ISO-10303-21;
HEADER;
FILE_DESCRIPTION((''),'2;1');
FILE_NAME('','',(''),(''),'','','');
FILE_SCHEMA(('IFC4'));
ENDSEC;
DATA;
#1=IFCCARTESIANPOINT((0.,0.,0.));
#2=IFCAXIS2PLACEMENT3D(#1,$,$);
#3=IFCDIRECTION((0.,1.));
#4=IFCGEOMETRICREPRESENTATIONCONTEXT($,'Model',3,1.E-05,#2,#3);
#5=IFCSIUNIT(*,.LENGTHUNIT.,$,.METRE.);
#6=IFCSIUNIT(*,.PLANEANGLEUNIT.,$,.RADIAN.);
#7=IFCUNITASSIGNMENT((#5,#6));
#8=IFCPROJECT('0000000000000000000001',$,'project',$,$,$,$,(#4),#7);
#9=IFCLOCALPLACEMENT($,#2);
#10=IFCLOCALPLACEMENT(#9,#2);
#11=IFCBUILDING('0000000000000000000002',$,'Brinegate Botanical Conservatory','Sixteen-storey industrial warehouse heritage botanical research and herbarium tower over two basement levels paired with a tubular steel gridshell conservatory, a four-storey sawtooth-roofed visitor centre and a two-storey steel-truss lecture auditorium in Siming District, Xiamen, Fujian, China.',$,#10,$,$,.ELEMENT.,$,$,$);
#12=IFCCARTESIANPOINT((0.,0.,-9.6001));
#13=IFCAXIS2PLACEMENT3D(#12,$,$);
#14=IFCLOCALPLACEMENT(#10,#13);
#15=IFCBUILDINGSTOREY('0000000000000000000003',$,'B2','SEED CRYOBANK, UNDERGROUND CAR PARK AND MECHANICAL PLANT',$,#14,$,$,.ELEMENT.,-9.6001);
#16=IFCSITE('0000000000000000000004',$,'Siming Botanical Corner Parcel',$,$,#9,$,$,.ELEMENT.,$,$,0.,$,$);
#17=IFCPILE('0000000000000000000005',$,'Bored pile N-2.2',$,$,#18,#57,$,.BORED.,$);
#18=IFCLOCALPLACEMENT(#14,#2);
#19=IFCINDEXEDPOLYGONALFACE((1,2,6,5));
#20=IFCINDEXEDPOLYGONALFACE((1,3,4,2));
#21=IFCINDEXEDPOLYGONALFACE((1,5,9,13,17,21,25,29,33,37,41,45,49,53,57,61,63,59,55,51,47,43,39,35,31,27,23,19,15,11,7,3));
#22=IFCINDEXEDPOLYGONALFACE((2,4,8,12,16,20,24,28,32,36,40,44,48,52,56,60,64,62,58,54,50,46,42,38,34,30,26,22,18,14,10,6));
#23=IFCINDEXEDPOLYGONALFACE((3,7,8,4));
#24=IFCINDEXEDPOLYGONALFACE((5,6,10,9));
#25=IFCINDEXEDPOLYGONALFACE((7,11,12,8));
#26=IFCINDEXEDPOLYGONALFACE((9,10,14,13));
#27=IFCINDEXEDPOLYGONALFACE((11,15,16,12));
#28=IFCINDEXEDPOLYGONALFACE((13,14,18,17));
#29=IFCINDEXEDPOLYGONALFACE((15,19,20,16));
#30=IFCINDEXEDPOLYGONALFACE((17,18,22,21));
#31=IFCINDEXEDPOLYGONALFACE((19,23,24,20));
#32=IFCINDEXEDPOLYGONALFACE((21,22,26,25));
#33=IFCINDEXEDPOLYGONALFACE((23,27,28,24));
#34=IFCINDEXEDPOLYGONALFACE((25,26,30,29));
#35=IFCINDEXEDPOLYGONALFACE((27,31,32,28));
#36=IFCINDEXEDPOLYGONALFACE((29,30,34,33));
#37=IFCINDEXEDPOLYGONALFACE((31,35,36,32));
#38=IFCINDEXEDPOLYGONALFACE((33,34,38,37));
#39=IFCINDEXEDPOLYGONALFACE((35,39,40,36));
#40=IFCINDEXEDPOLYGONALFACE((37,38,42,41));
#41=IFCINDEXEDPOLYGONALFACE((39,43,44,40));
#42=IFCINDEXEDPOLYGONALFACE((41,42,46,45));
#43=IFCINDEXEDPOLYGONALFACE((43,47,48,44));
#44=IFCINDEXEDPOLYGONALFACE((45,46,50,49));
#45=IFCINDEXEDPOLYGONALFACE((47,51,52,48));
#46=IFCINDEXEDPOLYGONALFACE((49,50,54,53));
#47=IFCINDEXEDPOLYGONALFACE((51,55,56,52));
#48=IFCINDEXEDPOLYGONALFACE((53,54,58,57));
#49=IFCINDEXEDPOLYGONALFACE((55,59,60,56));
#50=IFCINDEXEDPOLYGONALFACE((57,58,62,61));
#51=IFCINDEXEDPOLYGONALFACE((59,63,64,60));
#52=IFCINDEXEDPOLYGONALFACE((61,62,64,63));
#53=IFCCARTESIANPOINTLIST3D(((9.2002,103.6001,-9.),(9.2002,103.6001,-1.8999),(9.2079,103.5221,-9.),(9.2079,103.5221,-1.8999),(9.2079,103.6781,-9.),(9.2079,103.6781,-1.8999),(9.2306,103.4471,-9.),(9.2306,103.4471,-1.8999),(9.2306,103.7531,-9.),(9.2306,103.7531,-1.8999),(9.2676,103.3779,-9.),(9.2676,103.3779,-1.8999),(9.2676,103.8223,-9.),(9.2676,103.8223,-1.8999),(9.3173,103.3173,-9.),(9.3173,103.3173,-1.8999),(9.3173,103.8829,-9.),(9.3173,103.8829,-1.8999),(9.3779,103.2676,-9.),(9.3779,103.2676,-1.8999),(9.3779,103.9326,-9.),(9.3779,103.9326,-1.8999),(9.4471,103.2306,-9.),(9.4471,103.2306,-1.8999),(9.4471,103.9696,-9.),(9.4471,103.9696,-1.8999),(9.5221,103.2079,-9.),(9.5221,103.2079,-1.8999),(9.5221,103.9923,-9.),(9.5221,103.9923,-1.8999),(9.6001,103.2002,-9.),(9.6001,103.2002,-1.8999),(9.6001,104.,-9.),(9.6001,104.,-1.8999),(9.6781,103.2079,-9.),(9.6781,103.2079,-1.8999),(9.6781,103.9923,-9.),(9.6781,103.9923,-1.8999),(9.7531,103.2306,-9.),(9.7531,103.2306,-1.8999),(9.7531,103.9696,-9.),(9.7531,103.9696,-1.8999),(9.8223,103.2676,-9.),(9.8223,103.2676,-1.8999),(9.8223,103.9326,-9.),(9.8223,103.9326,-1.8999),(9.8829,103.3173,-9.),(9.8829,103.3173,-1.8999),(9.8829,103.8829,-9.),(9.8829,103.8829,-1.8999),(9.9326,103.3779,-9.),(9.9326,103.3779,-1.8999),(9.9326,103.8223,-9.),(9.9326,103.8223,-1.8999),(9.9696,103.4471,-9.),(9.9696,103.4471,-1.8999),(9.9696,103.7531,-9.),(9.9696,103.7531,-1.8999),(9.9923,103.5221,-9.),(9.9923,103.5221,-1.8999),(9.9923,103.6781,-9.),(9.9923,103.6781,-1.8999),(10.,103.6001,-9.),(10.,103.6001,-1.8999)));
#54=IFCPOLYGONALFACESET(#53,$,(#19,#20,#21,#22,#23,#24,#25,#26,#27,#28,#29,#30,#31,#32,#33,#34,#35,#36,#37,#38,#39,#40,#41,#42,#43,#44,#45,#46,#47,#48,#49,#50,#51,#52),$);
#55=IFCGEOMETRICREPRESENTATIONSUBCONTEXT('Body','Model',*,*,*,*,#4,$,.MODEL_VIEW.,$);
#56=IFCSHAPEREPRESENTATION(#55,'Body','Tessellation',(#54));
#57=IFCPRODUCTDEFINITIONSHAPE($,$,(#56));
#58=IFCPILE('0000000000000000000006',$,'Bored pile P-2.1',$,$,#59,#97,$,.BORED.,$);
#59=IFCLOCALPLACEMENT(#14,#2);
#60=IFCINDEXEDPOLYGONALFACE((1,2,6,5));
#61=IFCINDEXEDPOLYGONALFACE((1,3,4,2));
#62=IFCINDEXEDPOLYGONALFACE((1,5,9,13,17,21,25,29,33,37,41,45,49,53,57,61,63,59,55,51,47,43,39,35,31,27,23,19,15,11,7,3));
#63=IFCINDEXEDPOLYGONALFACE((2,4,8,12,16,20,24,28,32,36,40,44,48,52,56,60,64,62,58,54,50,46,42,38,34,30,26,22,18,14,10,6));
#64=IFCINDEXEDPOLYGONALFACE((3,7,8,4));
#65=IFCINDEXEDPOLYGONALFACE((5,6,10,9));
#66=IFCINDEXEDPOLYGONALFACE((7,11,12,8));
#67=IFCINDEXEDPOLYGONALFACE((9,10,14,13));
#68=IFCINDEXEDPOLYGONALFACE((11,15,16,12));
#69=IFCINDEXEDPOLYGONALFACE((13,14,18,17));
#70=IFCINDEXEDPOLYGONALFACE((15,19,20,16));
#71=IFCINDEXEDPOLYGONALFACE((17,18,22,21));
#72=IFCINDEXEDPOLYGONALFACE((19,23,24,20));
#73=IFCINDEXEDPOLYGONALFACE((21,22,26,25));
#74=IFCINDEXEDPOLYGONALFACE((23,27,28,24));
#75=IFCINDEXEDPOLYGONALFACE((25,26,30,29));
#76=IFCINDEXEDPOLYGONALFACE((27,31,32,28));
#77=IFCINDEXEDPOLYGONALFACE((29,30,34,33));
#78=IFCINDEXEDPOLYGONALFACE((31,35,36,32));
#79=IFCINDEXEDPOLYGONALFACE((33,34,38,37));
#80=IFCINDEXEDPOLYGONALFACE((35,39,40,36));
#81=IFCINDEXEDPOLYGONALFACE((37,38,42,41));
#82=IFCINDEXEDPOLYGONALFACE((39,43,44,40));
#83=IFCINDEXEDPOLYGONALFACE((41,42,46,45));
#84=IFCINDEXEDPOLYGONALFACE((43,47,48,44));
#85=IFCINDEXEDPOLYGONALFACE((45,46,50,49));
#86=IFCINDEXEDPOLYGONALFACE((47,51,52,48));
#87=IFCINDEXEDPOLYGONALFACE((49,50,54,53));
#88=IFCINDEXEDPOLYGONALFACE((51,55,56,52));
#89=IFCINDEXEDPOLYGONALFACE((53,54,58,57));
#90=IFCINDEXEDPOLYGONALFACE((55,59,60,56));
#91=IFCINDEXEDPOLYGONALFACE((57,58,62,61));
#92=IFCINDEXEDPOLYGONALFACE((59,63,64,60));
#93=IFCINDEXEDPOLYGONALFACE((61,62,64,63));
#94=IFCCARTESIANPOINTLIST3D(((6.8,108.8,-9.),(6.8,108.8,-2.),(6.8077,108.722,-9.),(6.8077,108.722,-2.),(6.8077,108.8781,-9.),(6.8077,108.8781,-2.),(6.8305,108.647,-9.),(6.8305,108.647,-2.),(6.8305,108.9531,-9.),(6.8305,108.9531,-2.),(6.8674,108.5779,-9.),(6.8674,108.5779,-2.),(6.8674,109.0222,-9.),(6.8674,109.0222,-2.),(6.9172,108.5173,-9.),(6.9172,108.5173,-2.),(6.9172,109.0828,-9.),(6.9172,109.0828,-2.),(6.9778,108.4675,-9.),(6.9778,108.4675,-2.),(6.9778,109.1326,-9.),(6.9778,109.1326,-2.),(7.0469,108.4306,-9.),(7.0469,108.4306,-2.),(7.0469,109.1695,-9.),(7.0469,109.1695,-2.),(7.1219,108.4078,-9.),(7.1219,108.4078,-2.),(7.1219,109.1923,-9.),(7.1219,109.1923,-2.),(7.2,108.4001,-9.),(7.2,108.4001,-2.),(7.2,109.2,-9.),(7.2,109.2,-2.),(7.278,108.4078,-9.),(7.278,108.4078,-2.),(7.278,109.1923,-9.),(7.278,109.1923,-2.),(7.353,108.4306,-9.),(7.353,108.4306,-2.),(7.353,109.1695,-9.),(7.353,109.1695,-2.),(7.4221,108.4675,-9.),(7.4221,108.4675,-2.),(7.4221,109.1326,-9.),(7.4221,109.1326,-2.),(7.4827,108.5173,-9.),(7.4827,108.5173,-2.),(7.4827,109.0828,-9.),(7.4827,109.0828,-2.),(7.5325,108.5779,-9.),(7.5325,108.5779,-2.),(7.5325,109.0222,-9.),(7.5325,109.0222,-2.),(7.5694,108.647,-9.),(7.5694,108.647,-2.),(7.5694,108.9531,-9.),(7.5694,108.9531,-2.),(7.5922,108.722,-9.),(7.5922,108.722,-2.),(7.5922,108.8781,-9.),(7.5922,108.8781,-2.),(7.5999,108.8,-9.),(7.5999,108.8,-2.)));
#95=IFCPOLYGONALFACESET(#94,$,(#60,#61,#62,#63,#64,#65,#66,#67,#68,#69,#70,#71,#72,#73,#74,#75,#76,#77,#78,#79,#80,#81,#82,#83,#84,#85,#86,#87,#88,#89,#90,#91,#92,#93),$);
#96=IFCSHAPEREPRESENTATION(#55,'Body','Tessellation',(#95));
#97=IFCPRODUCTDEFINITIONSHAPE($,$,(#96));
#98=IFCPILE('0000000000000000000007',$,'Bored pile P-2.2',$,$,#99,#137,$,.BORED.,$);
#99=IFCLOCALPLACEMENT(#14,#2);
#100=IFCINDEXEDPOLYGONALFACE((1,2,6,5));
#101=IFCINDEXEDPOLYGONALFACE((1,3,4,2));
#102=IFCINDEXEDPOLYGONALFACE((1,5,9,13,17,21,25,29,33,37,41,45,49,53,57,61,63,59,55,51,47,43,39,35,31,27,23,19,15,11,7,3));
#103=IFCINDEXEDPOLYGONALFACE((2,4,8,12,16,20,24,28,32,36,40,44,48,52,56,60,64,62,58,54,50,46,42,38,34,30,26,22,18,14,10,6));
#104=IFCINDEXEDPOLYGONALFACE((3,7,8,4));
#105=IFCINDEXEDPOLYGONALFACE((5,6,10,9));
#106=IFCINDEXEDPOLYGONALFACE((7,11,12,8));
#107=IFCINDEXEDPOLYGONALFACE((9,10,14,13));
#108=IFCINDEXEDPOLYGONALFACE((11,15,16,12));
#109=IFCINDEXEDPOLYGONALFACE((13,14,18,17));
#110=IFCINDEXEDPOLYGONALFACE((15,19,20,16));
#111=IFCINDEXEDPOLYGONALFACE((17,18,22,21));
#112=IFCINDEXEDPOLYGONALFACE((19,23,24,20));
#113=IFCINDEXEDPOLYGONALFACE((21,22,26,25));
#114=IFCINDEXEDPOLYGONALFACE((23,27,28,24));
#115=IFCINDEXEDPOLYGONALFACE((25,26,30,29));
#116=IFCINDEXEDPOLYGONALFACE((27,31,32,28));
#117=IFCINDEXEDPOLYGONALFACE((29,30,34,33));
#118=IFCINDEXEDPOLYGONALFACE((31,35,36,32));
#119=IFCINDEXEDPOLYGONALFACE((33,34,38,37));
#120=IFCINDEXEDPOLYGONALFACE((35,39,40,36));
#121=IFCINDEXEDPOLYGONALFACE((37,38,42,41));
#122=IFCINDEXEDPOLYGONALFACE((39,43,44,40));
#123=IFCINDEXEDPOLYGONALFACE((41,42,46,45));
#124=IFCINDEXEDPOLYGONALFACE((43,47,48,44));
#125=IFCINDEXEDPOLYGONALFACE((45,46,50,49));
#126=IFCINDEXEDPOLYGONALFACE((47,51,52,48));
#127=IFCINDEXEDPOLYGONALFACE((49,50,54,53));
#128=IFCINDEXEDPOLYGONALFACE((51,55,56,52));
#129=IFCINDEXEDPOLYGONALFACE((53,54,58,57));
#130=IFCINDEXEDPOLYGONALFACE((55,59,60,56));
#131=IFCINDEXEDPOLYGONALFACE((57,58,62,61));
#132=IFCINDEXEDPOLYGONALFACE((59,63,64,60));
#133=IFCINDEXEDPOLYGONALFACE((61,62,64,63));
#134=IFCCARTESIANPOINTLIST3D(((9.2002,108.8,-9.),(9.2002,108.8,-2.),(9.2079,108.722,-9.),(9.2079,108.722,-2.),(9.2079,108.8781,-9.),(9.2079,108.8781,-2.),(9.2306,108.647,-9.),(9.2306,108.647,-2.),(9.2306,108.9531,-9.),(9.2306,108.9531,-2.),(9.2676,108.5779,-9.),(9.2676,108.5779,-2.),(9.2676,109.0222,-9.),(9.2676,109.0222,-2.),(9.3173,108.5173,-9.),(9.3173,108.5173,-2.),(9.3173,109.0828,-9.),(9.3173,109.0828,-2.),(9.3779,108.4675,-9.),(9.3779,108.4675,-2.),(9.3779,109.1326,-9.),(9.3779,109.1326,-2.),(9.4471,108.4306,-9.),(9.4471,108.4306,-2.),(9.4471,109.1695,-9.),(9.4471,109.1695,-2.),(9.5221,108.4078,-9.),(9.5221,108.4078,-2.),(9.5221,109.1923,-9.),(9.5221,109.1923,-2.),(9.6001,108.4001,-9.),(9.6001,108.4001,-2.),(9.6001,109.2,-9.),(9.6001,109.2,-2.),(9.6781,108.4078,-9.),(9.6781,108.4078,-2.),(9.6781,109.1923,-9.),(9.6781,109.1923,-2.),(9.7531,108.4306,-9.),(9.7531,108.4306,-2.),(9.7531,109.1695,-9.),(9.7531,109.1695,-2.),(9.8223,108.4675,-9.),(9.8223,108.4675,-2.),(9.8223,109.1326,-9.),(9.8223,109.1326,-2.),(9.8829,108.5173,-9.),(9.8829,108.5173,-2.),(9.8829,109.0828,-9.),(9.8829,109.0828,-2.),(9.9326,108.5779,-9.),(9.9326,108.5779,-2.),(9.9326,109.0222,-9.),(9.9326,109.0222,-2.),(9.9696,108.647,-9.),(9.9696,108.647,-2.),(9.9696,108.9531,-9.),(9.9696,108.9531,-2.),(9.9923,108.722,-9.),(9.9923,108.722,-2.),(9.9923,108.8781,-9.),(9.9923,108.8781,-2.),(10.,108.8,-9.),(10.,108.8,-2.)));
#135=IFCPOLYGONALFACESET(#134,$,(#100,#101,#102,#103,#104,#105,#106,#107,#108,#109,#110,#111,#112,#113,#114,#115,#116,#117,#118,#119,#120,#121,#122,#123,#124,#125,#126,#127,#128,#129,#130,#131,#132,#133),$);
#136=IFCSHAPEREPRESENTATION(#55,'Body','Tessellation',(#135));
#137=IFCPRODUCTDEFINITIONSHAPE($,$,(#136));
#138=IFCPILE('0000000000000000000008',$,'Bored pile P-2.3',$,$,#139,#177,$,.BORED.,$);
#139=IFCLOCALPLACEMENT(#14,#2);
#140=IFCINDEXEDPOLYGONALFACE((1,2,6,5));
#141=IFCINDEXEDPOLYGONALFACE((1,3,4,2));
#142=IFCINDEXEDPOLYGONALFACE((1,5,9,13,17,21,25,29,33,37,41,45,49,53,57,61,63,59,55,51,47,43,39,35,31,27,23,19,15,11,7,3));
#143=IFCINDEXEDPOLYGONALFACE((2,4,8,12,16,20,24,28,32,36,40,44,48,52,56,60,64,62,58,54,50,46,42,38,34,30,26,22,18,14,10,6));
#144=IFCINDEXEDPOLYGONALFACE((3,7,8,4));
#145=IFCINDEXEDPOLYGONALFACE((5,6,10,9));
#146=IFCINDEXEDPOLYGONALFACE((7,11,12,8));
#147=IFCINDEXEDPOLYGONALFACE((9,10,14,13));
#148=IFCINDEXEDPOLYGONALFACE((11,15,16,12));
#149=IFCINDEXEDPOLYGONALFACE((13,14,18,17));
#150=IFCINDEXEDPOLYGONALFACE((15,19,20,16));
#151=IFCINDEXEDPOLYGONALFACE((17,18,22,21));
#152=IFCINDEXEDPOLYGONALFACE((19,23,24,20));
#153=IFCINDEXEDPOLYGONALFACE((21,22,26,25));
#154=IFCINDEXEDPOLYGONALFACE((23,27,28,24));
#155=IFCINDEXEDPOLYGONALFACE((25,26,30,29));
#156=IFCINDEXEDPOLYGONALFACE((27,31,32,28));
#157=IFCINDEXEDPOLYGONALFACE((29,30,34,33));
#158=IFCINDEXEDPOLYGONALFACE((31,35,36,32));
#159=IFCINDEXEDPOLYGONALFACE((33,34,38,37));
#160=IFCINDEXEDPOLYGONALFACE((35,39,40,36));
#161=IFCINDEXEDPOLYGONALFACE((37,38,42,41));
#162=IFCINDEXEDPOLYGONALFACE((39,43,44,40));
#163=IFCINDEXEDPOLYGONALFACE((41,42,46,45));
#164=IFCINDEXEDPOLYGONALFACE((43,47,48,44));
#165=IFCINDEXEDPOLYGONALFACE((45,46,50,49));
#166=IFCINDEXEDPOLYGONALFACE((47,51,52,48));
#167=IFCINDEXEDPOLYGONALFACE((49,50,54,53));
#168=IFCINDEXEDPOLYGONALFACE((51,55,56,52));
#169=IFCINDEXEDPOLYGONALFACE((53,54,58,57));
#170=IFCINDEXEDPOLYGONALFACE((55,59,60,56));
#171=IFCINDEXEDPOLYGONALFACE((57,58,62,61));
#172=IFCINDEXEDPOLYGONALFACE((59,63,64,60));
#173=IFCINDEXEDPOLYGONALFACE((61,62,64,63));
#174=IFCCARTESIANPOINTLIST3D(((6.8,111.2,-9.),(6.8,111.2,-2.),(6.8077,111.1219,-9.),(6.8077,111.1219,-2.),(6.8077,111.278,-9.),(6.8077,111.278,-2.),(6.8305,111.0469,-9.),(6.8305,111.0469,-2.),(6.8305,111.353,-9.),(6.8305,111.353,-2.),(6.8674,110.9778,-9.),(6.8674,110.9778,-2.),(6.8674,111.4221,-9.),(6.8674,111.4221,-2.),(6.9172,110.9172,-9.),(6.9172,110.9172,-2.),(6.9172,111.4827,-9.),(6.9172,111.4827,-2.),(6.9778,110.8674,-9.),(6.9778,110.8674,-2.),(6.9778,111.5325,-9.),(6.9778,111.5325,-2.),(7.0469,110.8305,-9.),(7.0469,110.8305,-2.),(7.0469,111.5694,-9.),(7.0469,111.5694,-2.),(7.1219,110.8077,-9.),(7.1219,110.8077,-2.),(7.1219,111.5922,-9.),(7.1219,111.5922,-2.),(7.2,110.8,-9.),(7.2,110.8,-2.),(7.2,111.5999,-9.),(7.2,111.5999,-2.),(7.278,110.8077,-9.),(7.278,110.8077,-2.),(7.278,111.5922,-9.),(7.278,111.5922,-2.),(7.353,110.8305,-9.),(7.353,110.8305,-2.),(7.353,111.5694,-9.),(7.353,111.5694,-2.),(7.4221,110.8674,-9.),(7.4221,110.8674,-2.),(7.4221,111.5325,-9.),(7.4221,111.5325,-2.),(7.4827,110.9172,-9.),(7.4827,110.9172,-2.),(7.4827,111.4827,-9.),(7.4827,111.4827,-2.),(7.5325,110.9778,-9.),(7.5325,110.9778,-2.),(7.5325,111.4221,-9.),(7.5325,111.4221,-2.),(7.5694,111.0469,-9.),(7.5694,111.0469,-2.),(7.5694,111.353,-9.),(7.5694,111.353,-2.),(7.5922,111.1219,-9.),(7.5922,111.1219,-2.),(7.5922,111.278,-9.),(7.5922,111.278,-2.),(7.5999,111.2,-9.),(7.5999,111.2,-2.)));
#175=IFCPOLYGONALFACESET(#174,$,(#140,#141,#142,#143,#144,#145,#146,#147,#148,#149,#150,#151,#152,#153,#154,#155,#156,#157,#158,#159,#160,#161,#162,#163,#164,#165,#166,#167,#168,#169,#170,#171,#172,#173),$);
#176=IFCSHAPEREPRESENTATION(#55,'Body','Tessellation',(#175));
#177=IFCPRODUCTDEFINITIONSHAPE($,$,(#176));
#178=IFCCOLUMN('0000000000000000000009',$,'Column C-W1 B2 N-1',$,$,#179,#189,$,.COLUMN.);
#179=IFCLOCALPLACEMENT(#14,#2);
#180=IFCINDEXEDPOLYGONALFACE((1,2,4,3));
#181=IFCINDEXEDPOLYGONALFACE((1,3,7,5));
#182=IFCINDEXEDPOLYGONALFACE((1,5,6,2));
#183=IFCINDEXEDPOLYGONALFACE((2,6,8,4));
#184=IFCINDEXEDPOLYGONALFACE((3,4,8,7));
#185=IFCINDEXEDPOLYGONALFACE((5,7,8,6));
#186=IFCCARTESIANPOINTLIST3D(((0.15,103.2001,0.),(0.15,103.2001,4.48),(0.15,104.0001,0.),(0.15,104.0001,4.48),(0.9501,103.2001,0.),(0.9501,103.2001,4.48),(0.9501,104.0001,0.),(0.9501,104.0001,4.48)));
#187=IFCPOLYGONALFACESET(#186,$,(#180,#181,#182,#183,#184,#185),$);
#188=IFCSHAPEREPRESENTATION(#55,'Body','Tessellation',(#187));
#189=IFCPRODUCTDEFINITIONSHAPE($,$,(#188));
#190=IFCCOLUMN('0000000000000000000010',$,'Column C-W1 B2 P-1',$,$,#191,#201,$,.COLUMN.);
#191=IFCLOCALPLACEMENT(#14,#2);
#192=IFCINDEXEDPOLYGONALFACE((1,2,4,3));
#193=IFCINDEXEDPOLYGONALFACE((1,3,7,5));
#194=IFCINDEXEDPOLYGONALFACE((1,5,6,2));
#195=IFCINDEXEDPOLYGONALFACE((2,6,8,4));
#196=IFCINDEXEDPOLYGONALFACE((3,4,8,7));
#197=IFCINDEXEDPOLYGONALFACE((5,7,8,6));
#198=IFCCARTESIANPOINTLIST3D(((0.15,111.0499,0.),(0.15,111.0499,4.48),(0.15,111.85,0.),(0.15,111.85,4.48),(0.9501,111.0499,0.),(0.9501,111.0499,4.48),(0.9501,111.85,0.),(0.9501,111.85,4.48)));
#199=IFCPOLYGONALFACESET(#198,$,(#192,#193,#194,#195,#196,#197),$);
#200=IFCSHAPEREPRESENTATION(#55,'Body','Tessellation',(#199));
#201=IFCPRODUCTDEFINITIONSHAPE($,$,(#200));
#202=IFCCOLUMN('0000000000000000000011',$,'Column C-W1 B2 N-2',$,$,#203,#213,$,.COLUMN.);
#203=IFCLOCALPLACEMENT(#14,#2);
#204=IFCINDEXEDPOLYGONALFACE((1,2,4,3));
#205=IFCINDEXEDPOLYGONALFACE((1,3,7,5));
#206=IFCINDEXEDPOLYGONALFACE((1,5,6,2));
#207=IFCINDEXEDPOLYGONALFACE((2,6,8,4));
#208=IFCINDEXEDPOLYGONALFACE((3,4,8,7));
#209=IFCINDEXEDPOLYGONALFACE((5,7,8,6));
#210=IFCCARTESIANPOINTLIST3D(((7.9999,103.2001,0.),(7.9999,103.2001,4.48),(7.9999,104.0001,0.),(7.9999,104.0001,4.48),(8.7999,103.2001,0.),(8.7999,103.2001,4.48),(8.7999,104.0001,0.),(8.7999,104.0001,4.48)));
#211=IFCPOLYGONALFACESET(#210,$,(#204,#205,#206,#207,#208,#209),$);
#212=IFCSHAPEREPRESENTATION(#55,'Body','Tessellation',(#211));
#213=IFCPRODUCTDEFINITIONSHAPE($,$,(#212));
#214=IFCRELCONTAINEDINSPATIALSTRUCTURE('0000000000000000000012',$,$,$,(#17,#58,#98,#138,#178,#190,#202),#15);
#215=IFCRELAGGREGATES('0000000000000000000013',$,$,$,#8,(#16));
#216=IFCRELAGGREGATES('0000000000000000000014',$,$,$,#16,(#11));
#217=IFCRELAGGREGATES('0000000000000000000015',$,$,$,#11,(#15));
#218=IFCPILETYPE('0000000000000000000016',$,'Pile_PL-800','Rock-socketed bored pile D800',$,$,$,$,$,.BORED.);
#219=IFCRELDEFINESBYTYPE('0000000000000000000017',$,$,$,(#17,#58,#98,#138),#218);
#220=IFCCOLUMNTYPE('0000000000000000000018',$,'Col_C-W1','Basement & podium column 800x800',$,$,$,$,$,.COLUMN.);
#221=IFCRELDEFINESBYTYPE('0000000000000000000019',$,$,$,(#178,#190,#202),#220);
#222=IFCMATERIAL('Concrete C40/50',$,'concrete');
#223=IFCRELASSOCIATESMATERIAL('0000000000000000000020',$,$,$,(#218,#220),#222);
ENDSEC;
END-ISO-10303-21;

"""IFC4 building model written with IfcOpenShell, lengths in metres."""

from ifc_helpers import new_model, si_unit, direction, frame, origin, origin_2d, place, context, subcontext, project, spatial, rectangle, circle, extrude, material, material_profile, profile_set, type_object, element, save


model = new_model("IFC4")

# Units and contexts
model_context = context("Model", 3, precision=1e-05, world=origin(), true_north=direction((0.0, 1.0)))
body_context = subcontext(model_context, "Body", "Model", "MODEL_VIEW")
ifc_project = project(units=[si_unit("LENGTHUNIT", "METRE"), si_unit("PLANEANGLEUNIT", "RADIAN")], contexts=[model_context])

# Site, building, storey
site_placement = place(None, origin())
site = spatial("IfcSite", under=ifc_project, at=site_placement, Name="Siming Botanical Corner Parcel", CompositionType="ELEMENT", RefElevation=0.0)
building_placement = place(site_placement, origin())
building = spatial("IfcBuilding", under=site, at=building_placement, Name="Brinegate Botanical Conservatory", Description="Sixteen-storey industrial warehouse heritage botanical research and herbarium tower over two basement levels paired with a tubular steel gridshell conservatory, a four-storey sawtooth-roofed visitor centre and a two-storey steel-truss lecture auditorium in Siming District, Xiamen, Fujian, China.", CompositionType="ELEMENT")
storey_placement = place(building_placement, frame((0.0, 0.0, -9.6001)))
storey = spatial("IfcBuildingStorey", under=building, at=storey_placement, Name="B2", Description="SEED CRYOBANK, UNDERGROUND CAR PARK AND MECHANICAL PLANT", CompositionType="ELEMENT", Elevation=-9.6001)

# Shared definitions
ifc_material_1 = material(Name="Concrete C40/50", Category="concrete")

# Piles
ifc_material_profile_1 = material_profile(ifc_material_1, circle(Radius=0.3999, at=origin_2d()), Name="PILE D800")
ifc_profile_set_1 = profile_set([ifc_material_profile_1], Name="Concrete C40/50")
pile_type = type_object("IfcPileType", Name="Pile_PL-800", Description="Rock-socketed bored pile D800", PredefinedType="BORED", material=ifc_profile_set_1)
for number, where, z_axis, x_axis, name in (
    (1, (9.6001, 103.6001, -1.8999), (0.0, 0.0, -1.0), (1.0, 0.0, 0.0), "Bored pile N-2.2"),
):
    element("IfcPile", number, at=place(storey_placement, frame(where, z_axis=z_axis, x_axis=x_axis)), inside=storey, type_object=pile_type, Name=name, PredefinedType="BORED", context=body_context, shape_type="SweptSolid", body=[
        extrude(circle(Radius=0.3999, at=origin_2d()), origin(), (0.0, 0.0, 1.0), 7.1001),
    ])
for number, where, z_axis, x_axis, name in (
    (2, (7.2, 108.8, -2.0), (0.0, 0.0, -1.0), (1.0, 0.0, 0.0), "Bored pile P-2.1"),
    (3, (9.6001, 108.8, -2.0), (0.0, 0.0, -1.0), (1.0, 0.0, 0.0), "Bored pile P-2.2"),
    (4, (7.2, 111.2, -2.0), (0.0, 0.0, -1.0), (1.0, 0.0, 0.0), "Bored pile P-2.3"),
):
    element("IfcPile", number, at=place(storey_placement, frame(where, z_axis=z_axis, x_axis=x_axis)), inside=storey, type_object=pile_type, Name=name, PredefinedType="BORED", context=body_context, shape_type="SweptSolid", body=[
        extrude(circle(Radius=0.3999, at=origin_2d()), origin(), (0.0, 0.0, 1.0), 7.0),
    ])

# Columns
ifc_material_profile_2 = material_profile(ifc_material_1, rectangle(XDim=0.8, YDim=0.8, at=origin_2d()), Name="RC COL 800x800")
ifc_profile_set_2 = profile_set([ifc_material_profile_2], Name="Concrete C40/50")
column_type_1 = type_object("IfcColumnType", Name="Col_C-W1", Description="Basement & podium column 800x800", PredefinedType="COLUMN", material=ifc_profile_set_2)
for number, where, z_axis, x_axis, name in (
    (5, (0.55, 103.6001, 0.0), (0.0, 0.0, 1.0), (1.0, 0.0, 0.0), "Column C-W1 B2 N-1"),
    (6, (0.55, 111.45, 0.0), (0.0, 0.0, 1.0), (1.0, 0.0, 0.0), "Column C-W1 B2 P-1"),
    (7, (8.3999, 103.6001, 0.0), (0.0, 0.0, 1.0), (1.0, 0.0, 0.0), "Column C-W1 B2 N-2"),
):
    element("IfcColumn", number, at=place(storey_placement, frame(where, z_axis=z_axis, x_axis=x_axis)), inside=storey, type_object=column_type_1, Name=name, PredefinedType="COLUMN", context=body_context, shape_type="SweptSolid", body=[
        extrude(rectangle(XDim=0.8, YDim=0.8, at=origin_2d()), origin(), (0.0, 0.0, 1.0), 4.48),
    ])

save(model, "model.ifc")
